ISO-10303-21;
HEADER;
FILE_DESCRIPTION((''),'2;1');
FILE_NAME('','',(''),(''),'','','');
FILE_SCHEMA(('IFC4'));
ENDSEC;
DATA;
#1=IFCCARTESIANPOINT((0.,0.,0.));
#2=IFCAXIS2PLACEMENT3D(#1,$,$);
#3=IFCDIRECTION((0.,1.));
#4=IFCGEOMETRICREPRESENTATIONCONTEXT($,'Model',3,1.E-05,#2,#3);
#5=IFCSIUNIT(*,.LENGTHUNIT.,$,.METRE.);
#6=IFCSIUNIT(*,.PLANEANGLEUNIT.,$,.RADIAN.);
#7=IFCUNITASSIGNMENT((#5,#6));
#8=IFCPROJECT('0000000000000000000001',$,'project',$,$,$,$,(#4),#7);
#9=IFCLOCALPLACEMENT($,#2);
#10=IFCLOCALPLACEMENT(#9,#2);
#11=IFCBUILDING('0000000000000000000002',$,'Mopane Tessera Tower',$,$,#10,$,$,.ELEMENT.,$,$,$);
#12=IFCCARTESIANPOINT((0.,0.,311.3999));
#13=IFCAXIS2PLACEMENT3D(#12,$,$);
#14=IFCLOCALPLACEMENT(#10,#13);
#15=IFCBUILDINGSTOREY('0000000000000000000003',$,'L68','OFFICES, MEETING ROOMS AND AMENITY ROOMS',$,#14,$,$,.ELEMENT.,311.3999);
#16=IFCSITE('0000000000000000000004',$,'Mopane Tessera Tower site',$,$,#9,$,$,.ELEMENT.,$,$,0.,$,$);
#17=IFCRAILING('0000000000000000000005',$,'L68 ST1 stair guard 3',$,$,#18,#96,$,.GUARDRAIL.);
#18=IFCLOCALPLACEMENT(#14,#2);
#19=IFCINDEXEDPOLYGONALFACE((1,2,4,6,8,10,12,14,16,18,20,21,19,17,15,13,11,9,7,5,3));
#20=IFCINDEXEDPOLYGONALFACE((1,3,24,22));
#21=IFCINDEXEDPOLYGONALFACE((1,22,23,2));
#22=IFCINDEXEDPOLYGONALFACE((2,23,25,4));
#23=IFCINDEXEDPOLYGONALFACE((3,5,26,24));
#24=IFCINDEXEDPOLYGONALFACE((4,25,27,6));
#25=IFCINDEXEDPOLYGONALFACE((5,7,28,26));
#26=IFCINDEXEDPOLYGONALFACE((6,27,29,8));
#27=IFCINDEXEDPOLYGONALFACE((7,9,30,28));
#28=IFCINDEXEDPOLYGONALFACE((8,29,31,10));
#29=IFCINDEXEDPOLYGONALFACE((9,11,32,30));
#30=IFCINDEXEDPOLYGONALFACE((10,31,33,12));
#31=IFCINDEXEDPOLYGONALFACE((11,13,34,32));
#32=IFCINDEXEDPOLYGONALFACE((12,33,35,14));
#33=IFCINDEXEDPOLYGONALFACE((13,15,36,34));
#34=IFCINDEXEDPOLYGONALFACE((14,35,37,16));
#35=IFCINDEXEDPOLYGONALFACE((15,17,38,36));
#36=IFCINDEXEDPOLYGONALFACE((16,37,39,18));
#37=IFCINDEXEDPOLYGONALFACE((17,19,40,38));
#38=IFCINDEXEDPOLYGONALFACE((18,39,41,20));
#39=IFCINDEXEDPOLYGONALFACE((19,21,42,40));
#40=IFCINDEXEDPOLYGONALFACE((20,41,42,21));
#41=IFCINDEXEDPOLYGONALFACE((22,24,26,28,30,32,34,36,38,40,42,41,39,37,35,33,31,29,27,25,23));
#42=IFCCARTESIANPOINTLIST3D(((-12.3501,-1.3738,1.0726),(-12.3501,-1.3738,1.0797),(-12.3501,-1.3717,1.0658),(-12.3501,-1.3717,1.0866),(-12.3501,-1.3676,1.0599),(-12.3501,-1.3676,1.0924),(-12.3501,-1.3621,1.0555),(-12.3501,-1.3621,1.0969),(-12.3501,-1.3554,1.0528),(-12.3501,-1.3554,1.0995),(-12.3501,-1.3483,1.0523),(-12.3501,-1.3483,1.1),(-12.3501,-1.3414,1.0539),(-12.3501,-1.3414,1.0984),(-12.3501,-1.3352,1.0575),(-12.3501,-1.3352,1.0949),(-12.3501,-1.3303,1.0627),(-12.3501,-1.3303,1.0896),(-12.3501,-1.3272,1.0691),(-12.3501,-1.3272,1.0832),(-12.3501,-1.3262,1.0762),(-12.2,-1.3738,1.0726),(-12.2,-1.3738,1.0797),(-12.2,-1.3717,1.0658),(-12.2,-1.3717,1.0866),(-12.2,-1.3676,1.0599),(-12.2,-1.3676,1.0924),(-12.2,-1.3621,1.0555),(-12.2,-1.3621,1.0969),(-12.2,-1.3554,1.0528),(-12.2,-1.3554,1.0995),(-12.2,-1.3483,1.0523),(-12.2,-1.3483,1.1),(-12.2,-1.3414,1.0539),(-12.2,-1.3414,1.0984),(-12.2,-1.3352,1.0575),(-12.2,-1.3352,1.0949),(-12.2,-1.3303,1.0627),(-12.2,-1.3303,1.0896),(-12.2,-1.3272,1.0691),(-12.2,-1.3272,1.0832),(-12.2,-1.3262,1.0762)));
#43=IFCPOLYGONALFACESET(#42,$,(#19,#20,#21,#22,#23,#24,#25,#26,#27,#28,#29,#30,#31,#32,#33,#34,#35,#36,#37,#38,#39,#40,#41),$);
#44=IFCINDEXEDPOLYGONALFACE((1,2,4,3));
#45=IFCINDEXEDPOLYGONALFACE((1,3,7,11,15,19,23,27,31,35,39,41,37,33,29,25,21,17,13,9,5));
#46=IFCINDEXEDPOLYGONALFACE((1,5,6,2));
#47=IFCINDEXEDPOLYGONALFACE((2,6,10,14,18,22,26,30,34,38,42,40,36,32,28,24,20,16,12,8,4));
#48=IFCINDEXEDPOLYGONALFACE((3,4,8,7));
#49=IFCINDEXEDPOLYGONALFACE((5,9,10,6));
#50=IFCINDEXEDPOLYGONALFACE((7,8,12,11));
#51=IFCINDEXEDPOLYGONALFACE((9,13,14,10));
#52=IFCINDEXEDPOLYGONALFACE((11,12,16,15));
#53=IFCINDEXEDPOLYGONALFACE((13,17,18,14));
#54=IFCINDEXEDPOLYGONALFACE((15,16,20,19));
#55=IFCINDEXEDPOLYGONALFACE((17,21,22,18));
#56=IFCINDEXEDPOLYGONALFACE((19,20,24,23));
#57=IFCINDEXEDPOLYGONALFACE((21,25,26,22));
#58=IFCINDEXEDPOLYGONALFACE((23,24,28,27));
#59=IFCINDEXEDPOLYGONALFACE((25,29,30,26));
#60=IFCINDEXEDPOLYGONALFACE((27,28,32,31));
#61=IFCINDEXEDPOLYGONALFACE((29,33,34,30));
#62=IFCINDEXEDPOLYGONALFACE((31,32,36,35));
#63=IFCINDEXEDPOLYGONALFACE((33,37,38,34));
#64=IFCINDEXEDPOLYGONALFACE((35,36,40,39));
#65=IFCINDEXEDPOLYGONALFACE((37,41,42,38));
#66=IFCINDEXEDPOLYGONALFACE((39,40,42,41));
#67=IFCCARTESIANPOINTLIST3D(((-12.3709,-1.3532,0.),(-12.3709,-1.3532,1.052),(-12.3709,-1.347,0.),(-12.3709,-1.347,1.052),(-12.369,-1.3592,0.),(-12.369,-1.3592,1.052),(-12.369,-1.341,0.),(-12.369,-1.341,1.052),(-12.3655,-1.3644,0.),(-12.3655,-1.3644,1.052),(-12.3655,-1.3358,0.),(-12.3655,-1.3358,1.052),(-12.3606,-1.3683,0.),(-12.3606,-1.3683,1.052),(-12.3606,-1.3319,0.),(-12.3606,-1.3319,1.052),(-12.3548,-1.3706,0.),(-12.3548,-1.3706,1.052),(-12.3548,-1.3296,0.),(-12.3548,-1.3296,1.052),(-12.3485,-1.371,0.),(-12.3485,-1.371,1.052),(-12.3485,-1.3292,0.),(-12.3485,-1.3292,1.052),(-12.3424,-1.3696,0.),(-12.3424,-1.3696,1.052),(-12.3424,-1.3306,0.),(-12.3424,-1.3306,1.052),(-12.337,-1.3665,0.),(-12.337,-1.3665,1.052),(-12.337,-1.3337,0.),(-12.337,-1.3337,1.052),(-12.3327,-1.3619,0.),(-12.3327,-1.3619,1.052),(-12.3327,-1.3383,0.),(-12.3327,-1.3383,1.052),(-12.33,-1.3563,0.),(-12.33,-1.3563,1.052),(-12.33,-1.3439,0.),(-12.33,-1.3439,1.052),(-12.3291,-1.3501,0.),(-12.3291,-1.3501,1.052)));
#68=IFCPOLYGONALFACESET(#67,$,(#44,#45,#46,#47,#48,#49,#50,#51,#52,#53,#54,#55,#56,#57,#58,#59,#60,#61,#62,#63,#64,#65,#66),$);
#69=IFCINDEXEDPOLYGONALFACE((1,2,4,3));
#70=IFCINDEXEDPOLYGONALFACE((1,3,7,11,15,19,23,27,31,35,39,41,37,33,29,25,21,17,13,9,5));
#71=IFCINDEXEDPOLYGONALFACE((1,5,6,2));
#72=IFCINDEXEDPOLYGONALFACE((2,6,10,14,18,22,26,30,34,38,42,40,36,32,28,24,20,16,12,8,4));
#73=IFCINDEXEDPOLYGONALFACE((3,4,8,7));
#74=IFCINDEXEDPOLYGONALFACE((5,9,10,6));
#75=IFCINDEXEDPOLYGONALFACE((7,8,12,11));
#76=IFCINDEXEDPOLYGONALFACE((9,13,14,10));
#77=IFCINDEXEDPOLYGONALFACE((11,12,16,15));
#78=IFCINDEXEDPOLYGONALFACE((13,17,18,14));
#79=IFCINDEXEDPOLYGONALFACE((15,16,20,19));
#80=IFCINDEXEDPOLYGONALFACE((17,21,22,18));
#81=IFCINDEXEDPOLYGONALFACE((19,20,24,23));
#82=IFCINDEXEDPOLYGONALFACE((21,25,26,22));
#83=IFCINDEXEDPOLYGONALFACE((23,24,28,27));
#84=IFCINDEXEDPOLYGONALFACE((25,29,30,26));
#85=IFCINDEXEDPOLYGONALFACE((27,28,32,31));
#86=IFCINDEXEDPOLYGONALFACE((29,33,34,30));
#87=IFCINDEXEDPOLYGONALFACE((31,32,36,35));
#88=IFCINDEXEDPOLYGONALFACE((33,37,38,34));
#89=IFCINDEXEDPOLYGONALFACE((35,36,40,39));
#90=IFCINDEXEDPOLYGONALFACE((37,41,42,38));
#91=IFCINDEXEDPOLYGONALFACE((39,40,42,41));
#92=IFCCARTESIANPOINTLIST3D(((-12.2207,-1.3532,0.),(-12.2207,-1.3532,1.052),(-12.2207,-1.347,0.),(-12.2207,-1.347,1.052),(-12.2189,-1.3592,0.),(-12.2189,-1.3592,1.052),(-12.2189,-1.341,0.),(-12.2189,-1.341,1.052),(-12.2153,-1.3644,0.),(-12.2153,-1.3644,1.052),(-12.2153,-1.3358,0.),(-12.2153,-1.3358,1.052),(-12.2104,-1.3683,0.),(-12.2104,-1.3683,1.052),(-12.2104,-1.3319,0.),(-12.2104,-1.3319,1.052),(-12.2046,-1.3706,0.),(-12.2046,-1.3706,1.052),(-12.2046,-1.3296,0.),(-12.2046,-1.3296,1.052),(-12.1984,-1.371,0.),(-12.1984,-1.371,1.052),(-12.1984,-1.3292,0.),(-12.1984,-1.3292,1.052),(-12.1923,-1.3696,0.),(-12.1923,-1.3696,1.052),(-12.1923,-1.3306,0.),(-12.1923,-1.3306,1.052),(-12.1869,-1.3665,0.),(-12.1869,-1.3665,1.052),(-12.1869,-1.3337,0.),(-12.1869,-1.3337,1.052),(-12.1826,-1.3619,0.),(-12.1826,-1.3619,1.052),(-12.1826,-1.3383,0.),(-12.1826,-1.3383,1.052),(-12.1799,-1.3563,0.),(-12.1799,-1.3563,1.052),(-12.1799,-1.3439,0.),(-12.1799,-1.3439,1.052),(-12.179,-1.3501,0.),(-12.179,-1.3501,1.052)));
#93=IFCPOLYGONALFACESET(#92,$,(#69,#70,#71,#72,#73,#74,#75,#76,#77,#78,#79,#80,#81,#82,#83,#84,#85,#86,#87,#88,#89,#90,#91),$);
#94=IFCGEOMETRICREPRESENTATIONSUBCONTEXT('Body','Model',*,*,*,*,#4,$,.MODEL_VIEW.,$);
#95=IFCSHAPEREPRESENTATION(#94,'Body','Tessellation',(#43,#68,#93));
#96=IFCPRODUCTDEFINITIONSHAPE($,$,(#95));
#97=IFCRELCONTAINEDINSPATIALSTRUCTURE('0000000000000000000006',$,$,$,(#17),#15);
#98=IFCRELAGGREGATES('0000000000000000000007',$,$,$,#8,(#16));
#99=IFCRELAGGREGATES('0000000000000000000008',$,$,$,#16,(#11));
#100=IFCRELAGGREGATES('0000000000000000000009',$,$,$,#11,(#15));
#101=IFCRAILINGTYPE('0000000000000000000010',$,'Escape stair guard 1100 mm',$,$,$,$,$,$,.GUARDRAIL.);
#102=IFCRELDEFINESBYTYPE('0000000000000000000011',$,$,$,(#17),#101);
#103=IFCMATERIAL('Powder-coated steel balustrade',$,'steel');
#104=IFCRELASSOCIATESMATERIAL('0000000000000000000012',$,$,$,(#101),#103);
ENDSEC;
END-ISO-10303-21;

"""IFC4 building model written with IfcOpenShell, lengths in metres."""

from ifc_helpers import new_model, si_unit, direction, frame, origin, origin_2d, place, context, subcontext, project, spatial, circle, extrude, material, type_object, element, save


model = new_model("IFC4")

# Units and contexts
model_context = context("Model", 3, precision=1e-05, world=origin(), true_north=direction((0.0, 1.0)))
body_context = subcontext(model_context, "Body", "Model", "MODEL_VIEW")
ifc_project = project(units=[si_unit("LENGTHUNIT", "METRE"), si_unit("PLANEANGLEUNIT", "RADIAN")], contexts=[model_context])

# Site, building, storey
site_placement = place(None, origin())
site = spatial("IfcSite", under=ifc_project, at=site_placement, Name="Mopane Tessera Tower site", CompositionType="ELEMENT", RefElevation=0.0)
building_placement = place(site_placement, origin())
building = spatial("IfcBuilding", under=site, at=building_placement, Name="Mopane Tessera Tower", CompositionType="ELEMENT")
storey_placement = place(building_placement, frame((0.0, 0.0, 311.3999)))
storey = spatial("IfcBuildingStorey", under=building, at=storey_placement, Name="L68", Description="OFFICES, MEETING ROOMS AND AMENITY ROOMS", CompositionType="ELEMENT", Elevation=311.3999)

# Railing
ifc_material_1 = material(Name="Powder-coated steel balustrade", Category="steel")
railing_type_1 = type_object("IfcRailingType", Name="Escape stair guard 1100 mm", PredefinedType="GUARDRAIL", material=ifc_material_1)
railing_1_placement = place(storey_placement, frame((-12.3501, -1.3501, 0.0)))
element("IfcRailing", 1, at=railing_1_placement, inside=storey, type_object=railing_type_1, Name="L68 ST1 stair guard 3", PredefinedType="GUARDRAIL", context=body_context, shape_type="SweptSolid", body=[
    extrude(circle(Radius=0.0239, at=origin_2d()), frame((0.0, 0.0, 1.0762), z_axis=(1.0, 0.0, 0.0), x_axis=(0.0, 1.0, 0.0)), (0.0, 0.0, 1.0), 0.1501),
    extrude(circle(Radius=0.021, at=origin_2d()), origin(), (0.0, 0.0, 1.0), 1.052),
    extrude(circle(Radius=0.021, at=origin_2d()), frame((0.1501, 0.0, 0.0)), (0.0, 0.0, 1.0), 1.052),
])

save(model, "model.ifc")
